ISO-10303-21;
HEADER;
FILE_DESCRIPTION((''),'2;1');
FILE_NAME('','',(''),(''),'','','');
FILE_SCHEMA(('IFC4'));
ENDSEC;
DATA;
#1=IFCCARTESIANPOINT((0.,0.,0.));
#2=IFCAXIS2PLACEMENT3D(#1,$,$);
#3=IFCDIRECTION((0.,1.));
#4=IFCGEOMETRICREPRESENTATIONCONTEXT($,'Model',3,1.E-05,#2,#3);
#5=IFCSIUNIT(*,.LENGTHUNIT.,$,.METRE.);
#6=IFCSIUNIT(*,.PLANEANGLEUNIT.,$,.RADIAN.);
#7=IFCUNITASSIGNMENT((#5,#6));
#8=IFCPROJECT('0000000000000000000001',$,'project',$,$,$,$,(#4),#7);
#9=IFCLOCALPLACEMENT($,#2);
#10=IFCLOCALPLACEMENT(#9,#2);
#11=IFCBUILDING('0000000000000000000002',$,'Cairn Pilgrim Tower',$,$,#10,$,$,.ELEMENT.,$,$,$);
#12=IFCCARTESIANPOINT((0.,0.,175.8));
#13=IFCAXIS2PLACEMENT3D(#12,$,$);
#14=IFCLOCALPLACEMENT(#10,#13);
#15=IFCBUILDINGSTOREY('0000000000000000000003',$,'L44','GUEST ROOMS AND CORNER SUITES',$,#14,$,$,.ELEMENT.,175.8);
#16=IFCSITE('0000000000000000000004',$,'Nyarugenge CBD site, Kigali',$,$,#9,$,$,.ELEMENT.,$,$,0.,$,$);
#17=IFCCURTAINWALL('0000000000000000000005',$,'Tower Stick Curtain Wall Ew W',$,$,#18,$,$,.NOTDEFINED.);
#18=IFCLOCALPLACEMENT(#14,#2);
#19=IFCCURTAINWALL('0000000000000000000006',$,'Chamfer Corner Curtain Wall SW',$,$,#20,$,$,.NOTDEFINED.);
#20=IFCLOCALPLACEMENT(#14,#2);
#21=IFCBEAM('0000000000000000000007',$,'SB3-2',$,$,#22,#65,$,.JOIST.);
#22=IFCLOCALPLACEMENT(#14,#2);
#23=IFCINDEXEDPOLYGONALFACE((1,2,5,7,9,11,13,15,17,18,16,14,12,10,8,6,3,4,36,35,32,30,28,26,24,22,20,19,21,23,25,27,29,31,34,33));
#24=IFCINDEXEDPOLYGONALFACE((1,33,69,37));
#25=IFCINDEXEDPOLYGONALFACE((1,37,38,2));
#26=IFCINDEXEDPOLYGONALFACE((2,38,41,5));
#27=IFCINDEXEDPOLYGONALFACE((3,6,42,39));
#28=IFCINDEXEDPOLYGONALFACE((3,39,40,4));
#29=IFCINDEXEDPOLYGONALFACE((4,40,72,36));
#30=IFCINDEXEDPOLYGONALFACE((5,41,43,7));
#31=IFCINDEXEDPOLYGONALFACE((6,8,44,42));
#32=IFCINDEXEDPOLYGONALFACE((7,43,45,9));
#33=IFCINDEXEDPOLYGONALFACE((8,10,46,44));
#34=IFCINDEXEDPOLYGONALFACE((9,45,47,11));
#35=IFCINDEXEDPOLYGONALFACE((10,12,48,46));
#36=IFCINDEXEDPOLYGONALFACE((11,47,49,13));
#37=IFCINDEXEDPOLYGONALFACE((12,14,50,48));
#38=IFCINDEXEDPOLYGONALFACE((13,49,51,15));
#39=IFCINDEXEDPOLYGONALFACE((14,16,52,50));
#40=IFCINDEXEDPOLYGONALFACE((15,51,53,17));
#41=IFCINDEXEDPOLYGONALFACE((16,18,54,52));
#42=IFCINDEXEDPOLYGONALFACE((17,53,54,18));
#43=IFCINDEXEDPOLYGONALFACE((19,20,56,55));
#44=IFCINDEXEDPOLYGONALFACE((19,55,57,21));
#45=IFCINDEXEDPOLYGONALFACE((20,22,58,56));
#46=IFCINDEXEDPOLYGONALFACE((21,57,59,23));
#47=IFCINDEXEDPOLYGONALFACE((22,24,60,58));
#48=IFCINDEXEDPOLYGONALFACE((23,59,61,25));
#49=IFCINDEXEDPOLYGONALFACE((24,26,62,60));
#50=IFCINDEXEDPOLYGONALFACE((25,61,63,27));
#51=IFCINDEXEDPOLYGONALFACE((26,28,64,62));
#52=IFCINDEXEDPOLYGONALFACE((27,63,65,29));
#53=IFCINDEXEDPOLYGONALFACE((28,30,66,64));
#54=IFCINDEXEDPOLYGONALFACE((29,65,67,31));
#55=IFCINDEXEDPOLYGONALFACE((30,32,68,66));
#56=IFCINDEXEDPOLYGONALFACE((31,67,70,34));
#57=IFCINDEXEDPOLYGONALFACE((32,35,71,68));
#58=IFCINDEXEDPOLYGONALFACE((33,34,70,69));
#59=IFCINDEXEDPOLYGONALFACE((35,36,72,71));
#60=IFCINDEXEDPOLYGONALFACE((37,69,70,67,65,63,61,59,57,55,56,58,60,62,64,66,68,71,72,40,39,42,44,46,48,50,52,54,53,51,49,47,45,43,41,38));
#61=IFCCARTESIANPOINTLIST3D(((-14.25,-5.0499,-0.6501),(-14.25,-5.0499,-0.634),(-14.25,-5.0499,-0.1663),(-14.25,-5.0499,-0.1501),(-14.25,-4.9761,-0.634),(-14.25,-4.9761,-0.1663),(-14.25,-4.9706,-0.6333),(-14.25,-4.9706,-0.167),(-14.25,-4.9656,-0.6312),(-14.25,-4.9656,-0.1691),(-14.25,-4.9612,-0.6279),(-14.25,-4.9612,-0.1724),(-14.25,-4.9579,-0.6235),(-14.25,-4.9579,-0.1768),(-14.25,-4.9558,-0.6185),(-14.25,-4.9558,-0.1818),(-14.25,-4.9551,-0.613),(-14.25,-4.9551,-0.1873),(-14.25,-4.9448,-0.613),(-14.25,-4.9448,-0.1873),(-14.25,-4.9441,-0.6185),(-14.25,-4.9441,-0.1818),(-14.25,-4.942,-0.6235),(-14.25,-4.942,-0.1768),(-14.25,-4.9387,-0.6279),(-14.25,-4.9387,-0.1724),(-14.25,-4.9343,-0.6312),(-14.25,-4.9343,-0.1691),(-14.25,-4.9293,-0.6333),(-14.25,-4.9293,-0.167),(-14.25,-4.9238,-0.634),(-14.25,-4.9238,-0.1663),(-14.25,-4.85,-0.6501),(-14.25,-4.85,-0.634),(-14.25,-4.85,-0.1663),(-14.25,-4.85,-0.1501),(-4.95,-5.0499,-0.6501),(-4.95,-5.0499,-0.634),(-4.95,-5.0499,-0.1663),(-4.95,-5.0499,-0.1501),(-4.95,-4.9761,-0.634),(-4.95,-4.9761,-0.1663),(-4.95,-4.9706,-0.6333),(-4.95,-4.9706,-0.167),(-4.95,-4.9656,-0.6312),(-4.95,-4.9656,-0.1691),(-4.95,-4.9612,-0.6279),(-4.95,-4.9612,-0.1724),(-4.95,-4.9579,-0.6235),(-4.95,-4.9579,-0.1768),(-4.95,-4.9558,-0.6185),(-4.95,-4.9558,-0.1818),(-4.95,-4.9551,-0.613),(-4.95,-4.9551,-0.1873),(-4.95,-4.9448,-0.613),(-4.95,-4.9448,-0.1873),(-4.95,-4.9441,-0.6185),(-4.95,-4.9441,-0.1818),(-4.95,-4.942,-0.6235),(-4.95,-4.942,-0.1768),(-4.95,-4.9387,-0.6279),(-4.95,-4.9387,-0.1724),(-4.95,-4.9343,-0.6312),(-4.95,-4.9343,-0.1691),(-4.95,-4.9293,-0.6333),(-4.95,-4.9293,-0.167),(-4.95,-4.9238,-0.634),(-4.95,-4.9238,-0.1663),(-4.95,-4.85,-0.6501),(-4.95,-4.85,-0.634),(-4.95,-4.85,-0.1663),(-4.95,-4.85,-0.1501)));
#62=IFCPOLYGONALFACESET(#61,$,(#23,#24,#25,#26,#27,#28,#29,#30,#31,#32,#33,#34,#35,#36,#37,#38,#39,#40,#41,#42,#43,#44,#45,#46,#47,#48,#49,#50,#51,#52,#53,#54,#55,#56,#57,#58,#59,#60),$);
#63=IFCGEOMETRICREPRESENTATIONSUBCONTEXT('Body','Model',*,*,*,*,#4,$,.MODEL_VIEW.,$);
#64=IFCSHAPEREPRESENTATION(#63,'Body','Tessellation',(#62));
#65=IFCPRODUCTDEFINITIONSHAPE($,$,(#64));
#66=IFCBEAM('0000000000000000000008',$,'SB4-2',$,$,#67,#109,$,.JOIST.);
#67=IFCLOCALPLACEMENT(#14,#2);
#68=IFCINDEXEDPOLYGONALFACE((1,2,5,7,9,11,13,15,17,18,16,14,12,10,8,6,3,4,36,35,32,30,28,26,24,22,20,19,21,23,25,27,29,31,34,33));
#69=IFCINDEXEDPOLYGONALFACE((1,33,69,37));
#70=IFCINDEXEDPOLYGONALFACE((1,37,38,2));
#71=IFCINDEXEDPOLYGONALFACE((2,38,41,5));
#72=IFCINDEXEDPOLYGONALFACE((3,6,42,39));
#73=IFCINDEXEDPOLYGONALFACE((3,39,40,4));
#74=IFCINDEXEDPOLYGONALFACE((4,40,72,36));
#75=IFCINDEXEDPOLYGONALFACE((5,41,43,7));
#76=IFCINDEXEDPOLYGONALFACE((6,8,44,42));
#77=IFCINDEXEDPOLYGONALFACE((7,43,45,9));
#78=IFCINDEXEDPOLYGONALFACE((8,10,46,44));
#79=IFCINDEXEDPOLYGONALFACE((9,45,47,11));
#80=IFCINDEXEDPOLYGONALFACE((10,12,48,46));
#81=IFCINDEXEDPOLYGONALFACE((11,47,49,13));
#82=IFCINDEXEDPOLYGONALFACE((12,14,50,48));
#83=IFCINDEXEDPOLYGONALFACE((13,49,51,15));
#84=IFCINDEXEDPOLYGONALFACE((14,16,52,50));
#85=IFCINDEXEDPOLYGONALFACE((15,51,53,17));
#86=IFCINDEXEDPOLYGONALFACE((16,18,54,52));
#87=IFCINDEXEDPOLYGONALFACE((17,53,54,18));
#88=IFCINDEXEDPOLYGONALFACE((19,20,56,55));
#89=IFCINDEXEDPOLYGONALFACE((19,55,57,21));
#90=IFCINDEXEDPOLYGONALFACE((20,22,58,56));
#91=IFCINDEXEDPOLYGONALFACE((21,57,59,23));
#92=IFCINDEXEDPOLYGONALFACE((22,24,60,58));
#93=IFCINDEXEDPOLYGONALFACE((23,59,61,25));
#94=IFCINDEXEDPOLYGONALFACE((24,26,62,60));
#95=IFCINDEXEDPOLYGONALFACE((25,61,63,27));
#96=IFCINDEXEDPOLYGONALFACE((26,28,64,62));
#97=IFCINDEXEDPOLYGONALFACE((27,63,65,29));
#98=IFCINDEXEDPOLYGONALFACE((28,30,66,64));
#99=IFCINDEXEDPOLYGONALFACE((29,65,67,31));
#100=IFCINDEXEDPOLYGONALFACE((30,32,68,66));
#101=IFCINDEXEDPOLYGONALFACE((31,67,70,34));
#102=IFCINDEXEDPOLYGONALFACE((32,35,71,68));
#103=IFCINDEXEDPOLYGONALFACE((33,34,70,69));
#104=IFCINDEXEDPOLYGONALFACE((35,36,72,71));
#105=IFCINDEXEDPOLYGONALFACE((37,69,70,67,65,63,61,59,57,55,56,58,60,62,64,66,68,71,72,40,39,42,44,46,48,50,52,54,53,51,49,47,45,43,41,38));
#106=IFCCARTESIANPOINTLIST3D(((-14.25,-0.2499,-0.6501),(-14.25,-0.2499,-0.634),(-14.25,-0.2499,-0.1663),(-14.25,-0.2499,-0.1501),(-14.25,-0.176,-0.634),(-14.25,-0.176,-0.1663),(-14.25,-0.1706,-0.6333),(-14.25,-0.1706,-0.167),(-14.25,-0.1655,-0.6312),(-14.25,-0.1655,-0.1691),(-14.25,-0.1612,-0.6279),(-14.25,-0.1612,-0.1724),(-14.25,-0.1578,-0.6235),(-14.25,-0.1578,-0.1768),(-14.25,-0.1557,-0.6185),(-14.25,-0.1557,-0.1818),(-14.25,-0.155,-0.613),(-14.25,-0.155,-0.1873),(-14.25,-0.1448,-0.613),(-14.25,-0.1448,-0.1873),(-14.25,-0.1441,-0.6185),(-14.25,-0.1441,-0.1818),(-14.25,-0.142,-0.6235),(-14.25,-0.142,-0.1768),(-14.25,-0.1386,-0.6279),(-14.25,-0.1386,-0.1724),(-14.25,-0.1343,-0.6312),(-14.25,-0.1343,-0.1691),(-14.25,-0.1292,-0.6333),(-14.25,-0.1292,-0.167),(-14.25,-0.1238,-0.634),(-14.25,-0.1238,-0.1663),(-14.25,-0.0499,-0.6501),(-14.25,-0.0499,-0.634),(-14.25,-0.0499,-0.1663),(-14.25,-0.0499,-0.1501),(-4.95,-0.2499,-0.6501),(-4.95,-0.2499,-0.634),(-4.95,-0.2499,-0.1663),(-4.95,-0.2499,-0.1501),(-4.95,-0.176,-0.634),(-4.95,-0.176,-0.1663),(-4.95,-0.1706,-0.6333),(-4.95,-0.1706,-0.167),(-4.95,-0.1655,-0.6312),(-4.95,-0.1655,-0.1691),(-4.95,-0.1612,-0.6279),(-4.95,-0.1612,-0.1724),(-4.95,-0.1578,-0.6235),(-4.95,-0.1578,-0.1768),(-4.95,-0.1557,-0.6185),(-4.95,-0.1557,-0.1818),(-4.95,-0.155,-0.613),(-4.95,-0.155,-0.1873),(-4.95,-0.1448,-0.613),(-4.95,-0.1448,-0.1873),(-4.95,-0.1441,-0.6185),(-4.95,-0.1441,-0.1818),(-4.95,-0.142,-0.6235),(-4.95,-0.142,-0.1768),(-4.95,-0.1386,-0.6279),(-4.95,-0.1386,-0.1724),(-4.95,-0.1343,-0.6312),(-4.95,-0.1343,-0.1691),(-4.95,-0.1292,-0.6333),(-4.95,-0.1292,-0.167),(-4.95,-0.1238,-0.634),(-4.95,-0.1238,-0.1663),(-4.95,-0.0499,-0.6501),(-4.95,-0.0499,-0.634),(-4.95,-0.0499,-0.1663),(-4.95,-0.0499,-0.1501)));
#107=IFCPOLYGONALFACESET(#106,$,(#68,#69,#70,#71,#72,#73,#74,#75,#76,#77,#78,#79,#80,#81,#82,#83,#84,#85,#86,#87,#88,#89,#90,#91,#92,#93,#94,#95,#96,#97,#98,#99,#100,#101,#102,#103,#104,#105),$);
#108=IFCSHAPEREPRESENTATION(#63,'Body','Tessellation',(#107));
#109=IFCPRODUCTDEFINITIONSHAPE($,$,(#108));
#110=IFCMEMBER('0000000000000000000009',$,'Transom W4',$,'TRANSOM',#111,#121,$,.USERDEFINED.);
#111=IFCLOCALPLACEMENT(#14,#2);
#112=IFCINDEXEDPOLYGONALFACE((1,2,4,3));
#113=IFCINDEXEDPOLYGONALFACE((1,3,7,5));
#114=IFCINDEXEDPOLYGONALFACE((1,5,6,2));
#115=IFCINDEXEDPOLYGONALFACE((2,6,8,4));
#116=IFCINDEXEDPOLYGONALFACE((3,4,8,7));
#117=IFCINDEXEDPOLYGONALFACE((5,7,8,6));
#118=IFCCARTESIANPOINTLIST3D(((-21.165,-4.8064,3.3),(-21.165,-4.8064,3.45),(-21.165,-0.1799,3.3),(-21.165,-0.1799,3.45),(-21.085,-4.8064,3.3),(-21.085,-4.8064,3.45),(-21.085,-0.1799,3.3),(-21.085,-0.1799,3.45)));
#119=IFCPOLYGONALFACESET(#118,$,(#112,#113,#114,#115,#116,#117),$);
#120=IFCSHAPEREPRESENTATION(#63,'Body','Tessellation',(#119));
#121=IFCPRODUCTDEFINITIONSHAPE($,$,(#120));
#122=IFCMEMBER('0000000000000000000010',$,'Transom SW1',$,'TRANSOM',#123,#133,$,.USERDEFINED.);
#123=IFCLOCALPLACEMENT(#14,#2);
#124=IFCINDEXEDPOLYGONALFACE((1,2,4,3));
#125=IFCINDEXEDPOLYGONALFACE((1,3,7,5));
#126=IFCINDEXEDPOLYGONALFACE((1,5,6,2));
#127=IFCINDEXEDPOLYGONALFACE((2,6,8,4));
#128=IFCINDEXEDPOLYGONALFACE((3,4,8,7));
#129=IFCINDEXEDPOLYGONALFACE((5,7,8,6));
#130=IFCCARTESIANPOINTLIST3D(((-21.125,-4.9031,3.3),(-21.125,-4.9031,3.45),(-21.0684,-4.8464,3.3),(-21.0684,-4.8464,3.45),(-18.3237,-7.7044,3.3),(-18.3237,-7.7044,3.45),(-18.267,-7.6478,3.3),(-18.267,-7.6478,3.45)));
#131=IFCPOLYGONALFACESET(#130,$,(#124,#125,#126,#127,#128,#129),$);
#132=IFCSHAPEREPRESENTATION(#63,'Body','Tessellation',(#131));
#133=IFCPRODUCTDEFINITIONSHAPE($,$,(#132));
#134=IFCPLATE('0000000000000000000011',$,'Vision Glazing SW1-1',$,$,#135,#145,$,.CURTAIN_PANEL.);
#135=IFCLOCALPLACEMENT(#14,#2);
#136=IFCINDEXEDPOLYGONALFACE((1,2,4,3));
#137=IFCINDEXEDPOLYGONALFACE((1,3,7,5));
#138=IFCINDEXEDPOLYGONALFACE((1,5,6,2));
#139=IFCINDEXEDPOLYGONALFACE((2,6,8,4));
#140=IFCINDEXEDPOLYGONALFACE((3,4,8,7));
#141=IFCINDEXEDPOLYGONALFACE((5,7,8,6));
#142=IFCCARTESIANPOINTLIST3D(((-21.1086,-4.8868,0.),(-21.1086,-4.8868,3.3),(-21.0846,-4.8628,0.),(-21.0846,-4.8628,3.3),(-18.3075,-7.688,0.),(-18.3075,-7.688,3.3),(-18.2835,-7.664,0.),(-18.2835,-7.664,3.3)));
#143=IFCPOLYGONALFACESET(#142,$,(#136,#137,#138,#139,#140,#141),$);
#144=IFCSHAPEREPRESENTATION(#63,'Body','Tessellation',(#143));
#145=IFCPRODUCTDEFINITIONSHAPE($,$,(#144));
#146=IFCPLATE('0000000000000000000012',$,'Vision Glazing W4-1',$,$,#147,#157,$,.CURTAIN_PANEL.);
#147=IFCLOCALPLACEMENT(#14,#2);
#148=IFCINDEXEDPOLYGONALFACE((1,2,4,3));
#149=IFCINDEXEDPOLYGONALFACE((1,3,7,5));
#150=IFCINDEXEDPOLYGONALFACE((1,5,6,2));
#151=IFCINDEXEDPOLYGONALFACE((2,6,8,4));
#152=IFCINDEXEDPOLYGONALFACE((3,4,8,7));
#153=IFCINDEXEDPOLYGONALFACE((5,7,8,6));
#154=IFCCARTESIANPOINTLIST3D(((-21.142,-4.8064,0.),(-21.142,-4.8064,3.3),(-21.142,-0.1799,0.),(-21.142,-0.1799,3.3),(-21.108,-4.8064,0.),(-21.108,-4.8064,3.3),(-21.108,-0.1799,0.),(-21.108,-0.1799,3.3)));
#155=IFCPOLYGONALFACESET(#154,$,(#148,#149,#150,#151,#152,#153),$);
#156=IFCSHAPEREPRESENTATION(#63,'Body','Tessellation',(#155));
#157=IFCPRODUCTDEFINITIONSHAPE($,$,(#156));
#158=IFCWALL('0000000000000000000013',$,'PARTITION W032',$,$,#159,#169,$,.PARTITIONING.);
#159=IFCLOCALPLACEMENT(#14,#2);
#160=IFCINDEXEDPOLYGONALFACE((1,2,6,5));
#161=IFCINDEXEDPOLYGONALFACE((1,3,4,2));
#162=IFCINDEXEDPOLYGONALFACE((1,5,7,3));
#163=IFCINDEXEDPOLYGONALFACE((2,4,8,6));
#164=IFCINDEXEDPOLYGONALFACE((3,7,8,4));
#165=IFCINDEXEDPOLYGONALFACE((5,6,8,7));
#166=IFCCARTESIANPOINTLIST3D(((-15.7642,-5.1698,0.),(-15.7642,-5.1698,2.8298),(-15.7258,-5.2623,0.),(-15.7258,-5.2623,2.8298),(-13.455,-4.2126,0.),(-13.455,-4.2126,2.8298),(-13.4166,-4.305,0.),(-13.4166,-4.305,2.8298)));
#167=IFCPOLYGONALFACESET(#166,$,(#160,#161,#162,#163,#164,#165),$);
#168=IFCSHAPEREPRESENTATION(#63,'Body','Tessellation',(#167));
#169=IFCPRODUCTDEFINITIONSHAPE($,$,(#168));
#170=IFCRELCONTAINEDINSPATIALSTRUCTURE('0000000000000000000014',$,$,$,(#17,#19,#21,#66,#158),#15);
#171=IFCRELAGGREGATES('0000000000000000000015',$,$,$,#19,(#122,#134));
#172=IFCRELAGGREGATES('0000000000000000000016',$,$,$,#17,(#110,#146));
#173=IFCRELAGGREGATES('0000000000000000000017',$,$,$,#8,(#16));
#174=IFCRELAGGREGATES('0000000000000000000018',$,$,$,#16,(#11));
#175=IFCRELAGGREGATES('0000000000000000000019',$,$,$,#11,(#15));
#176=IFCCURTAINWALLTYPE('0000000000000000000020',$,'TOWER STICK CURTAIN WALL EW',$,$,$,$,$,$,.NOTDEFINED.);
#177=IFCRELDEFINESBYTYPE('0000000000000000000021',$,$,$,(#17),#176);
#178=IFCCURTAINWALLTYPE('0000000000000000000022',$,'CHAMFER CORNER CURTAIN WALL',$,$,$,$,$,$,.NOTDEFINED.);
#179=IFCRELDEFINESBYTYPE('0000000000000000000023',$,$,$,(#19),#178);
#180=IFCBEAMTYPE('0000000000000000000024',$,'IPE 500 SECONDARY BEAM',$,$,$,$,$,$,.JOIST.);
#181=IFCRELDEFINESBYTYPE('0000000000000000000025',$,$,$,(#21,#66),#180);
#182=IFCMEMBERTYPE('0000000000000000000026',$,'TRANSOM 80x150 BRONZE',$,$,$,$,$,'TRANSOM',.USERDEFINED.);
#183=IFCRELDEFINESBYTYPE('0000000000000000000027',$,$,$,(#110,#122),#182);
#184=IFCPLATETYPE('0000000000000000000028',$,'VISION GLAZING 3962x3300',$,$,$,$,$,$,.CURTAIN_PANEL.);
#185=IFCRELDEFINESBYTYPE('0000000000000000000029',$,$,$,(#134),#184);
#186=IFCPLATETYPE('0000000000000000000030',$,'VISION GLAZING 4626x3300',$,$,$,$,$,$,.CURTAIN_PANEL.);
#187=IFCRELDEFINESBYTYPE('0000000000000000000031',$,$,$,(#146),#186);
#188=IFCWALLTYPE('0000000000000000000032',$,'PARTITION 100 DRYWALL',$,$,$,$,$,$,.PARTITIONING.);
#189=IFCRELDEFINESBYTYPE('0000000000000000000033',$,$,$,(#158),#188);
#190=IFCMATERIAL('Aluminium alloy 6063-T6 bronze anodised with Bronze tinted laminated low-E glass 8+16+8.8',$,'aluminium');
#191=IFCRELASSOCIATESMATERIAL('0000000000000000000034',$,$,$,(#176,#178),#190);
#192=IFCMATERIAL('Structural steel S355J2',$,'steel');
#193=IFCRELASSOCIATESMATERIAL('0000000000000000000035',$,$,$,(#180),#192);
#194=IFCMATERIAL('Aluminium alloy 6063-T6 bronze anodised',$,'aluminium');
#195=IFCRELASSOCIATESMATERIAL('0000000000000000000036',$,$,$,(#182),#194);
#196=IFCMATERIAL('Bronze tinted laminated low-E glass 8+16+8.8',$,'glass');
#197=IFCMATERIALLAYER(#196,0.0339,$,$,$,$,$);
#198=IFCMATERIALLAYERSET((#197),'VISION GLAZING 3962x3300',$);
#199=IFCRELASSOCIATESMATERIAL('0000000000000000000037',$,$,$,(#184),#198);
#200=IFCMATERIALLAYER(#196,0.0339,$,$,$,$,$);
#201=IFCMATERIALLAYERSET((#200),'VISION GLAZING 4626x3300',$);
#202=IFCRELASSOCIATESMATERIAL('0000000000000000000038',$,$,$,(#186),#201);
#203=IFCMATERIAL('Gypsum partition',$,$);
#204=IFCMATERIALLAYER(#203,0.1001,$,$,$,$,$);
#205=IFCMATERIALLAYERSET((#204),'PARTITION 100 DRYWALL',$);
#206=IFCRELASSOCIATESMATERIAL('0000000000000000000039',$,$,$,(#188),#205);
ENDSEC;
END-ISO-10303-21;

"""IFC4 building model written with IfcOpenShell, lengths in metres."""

from ifc_helpers import new_model, si_unit, direction, frame, frame_2d, origin, origin_2d, place, context, subcontext, project, spatial, rectangle, i_section, extrude, material, layer, layer_set, material_profile, profile_set, type_object, element, aggregate, save


model = new_model("IFC4")

# Units and contexts
model_context = context("Model", 3, precision=1e-05, world=origin(), true_north=direction((0.0, 1.0)))
body_context = subcontext(model_context, "Body", "Model", "MODEL_VIEW")
ifc_project = project(units=[si_unit("LENGTHUNIT", "METRE"), si_unit("PLANEANGLEUNIT", "RADIAN")], contexts=[model_context])

# Site, building, storey
site_placement = place(None, origin())
site = spatial("IfcSite", under=ifc_project, at=site_placement, Name="Nyarugenge CBD site, Kigali", CompositionType="ELEMENT", RefElevation=0.0)
building_placement = place(site_placement, origin())
building = spatial("IfcBuilding", under=site, at=building_placement, Name="Cairn Pilgrim Tower", CompositionType="ELEMENT")
storey_placement = place(building_placement, frame((0.0, 0.0, 175.8)))
storey = spatial("IfcBuildingStorey", under=building, at=storey_placement, Name="L44", Description="GUEST ROOMS AND CORNER SUITES", CompositionType="ELEMENT", Elevation=175.8)

# Shared definitions
ifc_material_1 = material(Name="Structural steel S355J2", Category="steel")

# Curtain walls
ifc_material_2 = material(Name="Aluminium alloy 6063-T6 bronze anodised with Bronze tinted laminated low-E glass 8+16+8.8", Category="aluminium")
curtain_wall_type_1 = type_object("IfcCurtainWallType", Name="TOWER STICK CURTAIN WALL EW", PredefinedType="NOTDEFINED", material=ifc_material_2)
curtain_wall_1_placement = place(storey_placement, origin())
curtain_wall_1 = element("IfcCurtainWall", 1, at=curtain_wall_1_placement, inside=storey, type_object=curtain_wall_type_1, Name="Tower Stick Curtain Wall Ew W", PredefinedType="NOTDEFINED")
ifc_material_3 = material(Name="Aluminium alloy 6063-T6 bronze anodised", Category="aluminium")
curtain_wall_type_2 = type_object("IfcCurtainWallType", Name="CHAMFER CORNER CURTAIN WALL", PredefinedType="NOTDEFINED", material=ifc_material_2)
curtain_wall_2_placement = place(storey_placement, origin())
curtain_wall_2 = element("IfcCurtainWall", 2, at=curtain_wall_2_placement, inside=storey, type_object=curtain_wall_type_2, Name="Chamfer Corner Curtain Wall SW", PredefinedType="NOTDEFINED")

# Beams
ifc_material_profile_1 = material_profile(ifc_material_1, i_section(OverallWidth=0.2, OverallDepth=0.5, WebThickness=0.0103, FlangeThickness=0.0161, FilletRadius=0.021, at=origin_2d()), Name="IPE 500")
ifc_profile_set_1 = profile_set([ifc_material_profile_1], Name="Structural steel S355J2")
beam_type_1 = type_object("IfcBeamType", Name="IPE 500 SECONDARY BEAM", PredefinedType="JOIST", material=ifc_profile_set_1)
for number, where, z_axis, x_axis, name in (
    (3, (-14.25, -4.95, -0.4001), (1.0, 0.0, 0.0), (0.0, 1.0, 0.0), "SB3-2"),
    (4, (-14.25, -0.1499, -0.4001), (1.0, 0.0, 0.0), (0.0, 1.0, 0.0), "SB4-2"),
):
    element("IfcBeam", number, at=place(storey_placement, frame(where, z_axis=z_axis, x_axis=x_axis)), inside=storey, type_object=beam_type_1, Name=name, PredefinedType="JOIST", context=body_context, shape_type="SweptSolid", body=[
        extrude(i_section(OverallWidth=0.2, OverallDepth=0.5, WebThickness=0.0103, FlangeThickness=0.0161, FilletRadius=0.021, at=origin_2d()), origin(), (0.0, 0.0, 1.0), 9.3),
    ])

# Members
ifc_material_profile_2 = material_profile(ifc_material_3, rectangle(XDim=0.0801, YDim=0.1499, at=origin_2d()), Name="TRANSOM 80x150 BRONZE")
ifc_profile_set_2 = profile_set([ifc_material_profile_2], Name="Aluminium alloy 6063-T6 bronze anodised")
member_type_1 = type_object("IfcMemberType", Name="TRANSOM 80x150 BRONZE", ElementType="TRANSOM", PredefinedType="USERDEFINED", material=ifc_profile_set_2)
member_1_placement = place(storey_placement, frame((-21.125, -0.1799, 3.375), z_axis=(0.0, -1.0, 0.0), x_axis=(1.0, 0.0, 0.0)))
member_1 = element("IfcMember", 5, at=member_1_placement, type_object=member_type_1, Name="Transom W4", ObjectType="TRANSOM", PredefinedType="USERDEFINED", context=body_context, shape_type="SweptSolid", body=[
    extrude(rectangle(XDim=0.0801, YDim=0.1499, at=origin_2d()), origin(), (0.0, 0.0, 1.0), 4.6265),
])
member_2_placement = place(storey_placement, frame((-21.0967, -4.8748, 3.375), z_axis=(0.707107, -0.707107, 0.0), x_axis=(0.707107, 0.707107, 0.0)))
member_2 = element("IfcMember", 6, at=member_2_placement, type_object=member_type_1, Name="Transom SW1", ObjectType="TRANSOM", PredefinedType="USERDEFINED", context=body_context, shape_type="SweptSolid", body=[
    extrude(rectangle(XDim=0.0801, YDim=0.1499, at=origin_2d()), origin(), (0.0, 0.0, 1.0), 3.9617),
])

# Plates
ifc_material_4 = material(Name="Bronze tinted laminated low-E glass 8+16+8.8", Category="glass")
ifc_layer_1 = layer(ifc_material_4, 0.0339)
ifc_layer_set_1 = layer_set([ifc_layer_1], Name="VISION GLAZING 3962x3300")
plate_type_1 = type_object("IfcPlateType", Name="VISION GLAZING 3962x3300", PredefinedType="CURTAIN_PANEL", material=ifc_layer_set_1)
plate_1_placement = place(storey_placement, frame((-19.696, -6.2754, 0.0), z_axis=(0.0, 0.0, 1.0), x_axis=(0.707107, -0.707107, 0.0)))
plate_1 = element("IfcPlate", 7, at=plate_1_placement, type_object=plate_type_1, Name="Vision Glazing SW1-1", PredefinedType="CURTAIN_PANEL", context=body_context, shape_type="SweptSolid", body=[
    extrude(rectangle(XDim=3.9614, YDim=0.0339, at=origin_2d()), origin(), (0.0, 0.0, 1.0), 3.3),
])
aggregate(curtain_wall_2, [member_2, plate_1])
ifc_layer_2 = layer(ifc_material_4, 0.0339)
ifc_layer_set_2 = layer_set([ifc_layer_2], Name="VISION GLAZING 4626x3300")
plate_type_2 = type_object("IfcPlateType", Name="VISION GLAZING 4626x3300", PredefinedType="CURTAIN_PANEL", material=ifc_layer_set_2)
plate_2_placement = place(storey_placement, frame((-21.125, -2.4932, 0.0), z_axis=(0.0, 0.0, 1.0), x_axis=(0.0, -1.0, 0.0)))
plate_2 = element("IfcPlate", 8, at=plate_2_placement, type_object=plate_type_2, Name="Vision Glazing W4-1", PredefinedType="CURTAIN_PANEL", context=body_context, shape_type="SweptSolid", body=[
    extrude(rectangle(XDim=4.6265, YDim=0.0339, at=origin_2d()), origin(), (0.0, 0.0, 1.0), 3.3),
])
aggregate(curtain_wall_1, [member_1, plate_2])

# Wall
ifc_material_5 = material(Name="Gypsum partition")
ifc_layer_3 = layer(ifc_material_5, 0.1001)
ifc_layer_set_3 = layer_set([ifc_layer_3], Name="PARTITION 100 DRYWALL")
wall_type_1 = type_object("IfcWallType", Name="PARTITION 100 DRYWALL", PredefinedType="PARTITIONING", material=ifc_layer_set_3)
wall_1_placement = place(storey_placement, frame((-15.7451, -5.2161, 0.0), z_axis=(0.0, 0.0, 1.0), x_axis=(0.923778, 0.38293, 0.0)))
element("IfcWall", 9, at=wall_1_placement, inside=storey, type_object=wall_type_1, Name="PARTITION W032", PredefinedType="PARTITIONING", context=body_context, shape_type="SweptSolid", body=[
    extrude(rectangle(XDim=2.4998, YDim=0.1001, at=frame_2d((1.25, 0.0))), origin(), (0.0, 0.0, 1.0), 2.8298),
])

save(model, "model.ifc")
